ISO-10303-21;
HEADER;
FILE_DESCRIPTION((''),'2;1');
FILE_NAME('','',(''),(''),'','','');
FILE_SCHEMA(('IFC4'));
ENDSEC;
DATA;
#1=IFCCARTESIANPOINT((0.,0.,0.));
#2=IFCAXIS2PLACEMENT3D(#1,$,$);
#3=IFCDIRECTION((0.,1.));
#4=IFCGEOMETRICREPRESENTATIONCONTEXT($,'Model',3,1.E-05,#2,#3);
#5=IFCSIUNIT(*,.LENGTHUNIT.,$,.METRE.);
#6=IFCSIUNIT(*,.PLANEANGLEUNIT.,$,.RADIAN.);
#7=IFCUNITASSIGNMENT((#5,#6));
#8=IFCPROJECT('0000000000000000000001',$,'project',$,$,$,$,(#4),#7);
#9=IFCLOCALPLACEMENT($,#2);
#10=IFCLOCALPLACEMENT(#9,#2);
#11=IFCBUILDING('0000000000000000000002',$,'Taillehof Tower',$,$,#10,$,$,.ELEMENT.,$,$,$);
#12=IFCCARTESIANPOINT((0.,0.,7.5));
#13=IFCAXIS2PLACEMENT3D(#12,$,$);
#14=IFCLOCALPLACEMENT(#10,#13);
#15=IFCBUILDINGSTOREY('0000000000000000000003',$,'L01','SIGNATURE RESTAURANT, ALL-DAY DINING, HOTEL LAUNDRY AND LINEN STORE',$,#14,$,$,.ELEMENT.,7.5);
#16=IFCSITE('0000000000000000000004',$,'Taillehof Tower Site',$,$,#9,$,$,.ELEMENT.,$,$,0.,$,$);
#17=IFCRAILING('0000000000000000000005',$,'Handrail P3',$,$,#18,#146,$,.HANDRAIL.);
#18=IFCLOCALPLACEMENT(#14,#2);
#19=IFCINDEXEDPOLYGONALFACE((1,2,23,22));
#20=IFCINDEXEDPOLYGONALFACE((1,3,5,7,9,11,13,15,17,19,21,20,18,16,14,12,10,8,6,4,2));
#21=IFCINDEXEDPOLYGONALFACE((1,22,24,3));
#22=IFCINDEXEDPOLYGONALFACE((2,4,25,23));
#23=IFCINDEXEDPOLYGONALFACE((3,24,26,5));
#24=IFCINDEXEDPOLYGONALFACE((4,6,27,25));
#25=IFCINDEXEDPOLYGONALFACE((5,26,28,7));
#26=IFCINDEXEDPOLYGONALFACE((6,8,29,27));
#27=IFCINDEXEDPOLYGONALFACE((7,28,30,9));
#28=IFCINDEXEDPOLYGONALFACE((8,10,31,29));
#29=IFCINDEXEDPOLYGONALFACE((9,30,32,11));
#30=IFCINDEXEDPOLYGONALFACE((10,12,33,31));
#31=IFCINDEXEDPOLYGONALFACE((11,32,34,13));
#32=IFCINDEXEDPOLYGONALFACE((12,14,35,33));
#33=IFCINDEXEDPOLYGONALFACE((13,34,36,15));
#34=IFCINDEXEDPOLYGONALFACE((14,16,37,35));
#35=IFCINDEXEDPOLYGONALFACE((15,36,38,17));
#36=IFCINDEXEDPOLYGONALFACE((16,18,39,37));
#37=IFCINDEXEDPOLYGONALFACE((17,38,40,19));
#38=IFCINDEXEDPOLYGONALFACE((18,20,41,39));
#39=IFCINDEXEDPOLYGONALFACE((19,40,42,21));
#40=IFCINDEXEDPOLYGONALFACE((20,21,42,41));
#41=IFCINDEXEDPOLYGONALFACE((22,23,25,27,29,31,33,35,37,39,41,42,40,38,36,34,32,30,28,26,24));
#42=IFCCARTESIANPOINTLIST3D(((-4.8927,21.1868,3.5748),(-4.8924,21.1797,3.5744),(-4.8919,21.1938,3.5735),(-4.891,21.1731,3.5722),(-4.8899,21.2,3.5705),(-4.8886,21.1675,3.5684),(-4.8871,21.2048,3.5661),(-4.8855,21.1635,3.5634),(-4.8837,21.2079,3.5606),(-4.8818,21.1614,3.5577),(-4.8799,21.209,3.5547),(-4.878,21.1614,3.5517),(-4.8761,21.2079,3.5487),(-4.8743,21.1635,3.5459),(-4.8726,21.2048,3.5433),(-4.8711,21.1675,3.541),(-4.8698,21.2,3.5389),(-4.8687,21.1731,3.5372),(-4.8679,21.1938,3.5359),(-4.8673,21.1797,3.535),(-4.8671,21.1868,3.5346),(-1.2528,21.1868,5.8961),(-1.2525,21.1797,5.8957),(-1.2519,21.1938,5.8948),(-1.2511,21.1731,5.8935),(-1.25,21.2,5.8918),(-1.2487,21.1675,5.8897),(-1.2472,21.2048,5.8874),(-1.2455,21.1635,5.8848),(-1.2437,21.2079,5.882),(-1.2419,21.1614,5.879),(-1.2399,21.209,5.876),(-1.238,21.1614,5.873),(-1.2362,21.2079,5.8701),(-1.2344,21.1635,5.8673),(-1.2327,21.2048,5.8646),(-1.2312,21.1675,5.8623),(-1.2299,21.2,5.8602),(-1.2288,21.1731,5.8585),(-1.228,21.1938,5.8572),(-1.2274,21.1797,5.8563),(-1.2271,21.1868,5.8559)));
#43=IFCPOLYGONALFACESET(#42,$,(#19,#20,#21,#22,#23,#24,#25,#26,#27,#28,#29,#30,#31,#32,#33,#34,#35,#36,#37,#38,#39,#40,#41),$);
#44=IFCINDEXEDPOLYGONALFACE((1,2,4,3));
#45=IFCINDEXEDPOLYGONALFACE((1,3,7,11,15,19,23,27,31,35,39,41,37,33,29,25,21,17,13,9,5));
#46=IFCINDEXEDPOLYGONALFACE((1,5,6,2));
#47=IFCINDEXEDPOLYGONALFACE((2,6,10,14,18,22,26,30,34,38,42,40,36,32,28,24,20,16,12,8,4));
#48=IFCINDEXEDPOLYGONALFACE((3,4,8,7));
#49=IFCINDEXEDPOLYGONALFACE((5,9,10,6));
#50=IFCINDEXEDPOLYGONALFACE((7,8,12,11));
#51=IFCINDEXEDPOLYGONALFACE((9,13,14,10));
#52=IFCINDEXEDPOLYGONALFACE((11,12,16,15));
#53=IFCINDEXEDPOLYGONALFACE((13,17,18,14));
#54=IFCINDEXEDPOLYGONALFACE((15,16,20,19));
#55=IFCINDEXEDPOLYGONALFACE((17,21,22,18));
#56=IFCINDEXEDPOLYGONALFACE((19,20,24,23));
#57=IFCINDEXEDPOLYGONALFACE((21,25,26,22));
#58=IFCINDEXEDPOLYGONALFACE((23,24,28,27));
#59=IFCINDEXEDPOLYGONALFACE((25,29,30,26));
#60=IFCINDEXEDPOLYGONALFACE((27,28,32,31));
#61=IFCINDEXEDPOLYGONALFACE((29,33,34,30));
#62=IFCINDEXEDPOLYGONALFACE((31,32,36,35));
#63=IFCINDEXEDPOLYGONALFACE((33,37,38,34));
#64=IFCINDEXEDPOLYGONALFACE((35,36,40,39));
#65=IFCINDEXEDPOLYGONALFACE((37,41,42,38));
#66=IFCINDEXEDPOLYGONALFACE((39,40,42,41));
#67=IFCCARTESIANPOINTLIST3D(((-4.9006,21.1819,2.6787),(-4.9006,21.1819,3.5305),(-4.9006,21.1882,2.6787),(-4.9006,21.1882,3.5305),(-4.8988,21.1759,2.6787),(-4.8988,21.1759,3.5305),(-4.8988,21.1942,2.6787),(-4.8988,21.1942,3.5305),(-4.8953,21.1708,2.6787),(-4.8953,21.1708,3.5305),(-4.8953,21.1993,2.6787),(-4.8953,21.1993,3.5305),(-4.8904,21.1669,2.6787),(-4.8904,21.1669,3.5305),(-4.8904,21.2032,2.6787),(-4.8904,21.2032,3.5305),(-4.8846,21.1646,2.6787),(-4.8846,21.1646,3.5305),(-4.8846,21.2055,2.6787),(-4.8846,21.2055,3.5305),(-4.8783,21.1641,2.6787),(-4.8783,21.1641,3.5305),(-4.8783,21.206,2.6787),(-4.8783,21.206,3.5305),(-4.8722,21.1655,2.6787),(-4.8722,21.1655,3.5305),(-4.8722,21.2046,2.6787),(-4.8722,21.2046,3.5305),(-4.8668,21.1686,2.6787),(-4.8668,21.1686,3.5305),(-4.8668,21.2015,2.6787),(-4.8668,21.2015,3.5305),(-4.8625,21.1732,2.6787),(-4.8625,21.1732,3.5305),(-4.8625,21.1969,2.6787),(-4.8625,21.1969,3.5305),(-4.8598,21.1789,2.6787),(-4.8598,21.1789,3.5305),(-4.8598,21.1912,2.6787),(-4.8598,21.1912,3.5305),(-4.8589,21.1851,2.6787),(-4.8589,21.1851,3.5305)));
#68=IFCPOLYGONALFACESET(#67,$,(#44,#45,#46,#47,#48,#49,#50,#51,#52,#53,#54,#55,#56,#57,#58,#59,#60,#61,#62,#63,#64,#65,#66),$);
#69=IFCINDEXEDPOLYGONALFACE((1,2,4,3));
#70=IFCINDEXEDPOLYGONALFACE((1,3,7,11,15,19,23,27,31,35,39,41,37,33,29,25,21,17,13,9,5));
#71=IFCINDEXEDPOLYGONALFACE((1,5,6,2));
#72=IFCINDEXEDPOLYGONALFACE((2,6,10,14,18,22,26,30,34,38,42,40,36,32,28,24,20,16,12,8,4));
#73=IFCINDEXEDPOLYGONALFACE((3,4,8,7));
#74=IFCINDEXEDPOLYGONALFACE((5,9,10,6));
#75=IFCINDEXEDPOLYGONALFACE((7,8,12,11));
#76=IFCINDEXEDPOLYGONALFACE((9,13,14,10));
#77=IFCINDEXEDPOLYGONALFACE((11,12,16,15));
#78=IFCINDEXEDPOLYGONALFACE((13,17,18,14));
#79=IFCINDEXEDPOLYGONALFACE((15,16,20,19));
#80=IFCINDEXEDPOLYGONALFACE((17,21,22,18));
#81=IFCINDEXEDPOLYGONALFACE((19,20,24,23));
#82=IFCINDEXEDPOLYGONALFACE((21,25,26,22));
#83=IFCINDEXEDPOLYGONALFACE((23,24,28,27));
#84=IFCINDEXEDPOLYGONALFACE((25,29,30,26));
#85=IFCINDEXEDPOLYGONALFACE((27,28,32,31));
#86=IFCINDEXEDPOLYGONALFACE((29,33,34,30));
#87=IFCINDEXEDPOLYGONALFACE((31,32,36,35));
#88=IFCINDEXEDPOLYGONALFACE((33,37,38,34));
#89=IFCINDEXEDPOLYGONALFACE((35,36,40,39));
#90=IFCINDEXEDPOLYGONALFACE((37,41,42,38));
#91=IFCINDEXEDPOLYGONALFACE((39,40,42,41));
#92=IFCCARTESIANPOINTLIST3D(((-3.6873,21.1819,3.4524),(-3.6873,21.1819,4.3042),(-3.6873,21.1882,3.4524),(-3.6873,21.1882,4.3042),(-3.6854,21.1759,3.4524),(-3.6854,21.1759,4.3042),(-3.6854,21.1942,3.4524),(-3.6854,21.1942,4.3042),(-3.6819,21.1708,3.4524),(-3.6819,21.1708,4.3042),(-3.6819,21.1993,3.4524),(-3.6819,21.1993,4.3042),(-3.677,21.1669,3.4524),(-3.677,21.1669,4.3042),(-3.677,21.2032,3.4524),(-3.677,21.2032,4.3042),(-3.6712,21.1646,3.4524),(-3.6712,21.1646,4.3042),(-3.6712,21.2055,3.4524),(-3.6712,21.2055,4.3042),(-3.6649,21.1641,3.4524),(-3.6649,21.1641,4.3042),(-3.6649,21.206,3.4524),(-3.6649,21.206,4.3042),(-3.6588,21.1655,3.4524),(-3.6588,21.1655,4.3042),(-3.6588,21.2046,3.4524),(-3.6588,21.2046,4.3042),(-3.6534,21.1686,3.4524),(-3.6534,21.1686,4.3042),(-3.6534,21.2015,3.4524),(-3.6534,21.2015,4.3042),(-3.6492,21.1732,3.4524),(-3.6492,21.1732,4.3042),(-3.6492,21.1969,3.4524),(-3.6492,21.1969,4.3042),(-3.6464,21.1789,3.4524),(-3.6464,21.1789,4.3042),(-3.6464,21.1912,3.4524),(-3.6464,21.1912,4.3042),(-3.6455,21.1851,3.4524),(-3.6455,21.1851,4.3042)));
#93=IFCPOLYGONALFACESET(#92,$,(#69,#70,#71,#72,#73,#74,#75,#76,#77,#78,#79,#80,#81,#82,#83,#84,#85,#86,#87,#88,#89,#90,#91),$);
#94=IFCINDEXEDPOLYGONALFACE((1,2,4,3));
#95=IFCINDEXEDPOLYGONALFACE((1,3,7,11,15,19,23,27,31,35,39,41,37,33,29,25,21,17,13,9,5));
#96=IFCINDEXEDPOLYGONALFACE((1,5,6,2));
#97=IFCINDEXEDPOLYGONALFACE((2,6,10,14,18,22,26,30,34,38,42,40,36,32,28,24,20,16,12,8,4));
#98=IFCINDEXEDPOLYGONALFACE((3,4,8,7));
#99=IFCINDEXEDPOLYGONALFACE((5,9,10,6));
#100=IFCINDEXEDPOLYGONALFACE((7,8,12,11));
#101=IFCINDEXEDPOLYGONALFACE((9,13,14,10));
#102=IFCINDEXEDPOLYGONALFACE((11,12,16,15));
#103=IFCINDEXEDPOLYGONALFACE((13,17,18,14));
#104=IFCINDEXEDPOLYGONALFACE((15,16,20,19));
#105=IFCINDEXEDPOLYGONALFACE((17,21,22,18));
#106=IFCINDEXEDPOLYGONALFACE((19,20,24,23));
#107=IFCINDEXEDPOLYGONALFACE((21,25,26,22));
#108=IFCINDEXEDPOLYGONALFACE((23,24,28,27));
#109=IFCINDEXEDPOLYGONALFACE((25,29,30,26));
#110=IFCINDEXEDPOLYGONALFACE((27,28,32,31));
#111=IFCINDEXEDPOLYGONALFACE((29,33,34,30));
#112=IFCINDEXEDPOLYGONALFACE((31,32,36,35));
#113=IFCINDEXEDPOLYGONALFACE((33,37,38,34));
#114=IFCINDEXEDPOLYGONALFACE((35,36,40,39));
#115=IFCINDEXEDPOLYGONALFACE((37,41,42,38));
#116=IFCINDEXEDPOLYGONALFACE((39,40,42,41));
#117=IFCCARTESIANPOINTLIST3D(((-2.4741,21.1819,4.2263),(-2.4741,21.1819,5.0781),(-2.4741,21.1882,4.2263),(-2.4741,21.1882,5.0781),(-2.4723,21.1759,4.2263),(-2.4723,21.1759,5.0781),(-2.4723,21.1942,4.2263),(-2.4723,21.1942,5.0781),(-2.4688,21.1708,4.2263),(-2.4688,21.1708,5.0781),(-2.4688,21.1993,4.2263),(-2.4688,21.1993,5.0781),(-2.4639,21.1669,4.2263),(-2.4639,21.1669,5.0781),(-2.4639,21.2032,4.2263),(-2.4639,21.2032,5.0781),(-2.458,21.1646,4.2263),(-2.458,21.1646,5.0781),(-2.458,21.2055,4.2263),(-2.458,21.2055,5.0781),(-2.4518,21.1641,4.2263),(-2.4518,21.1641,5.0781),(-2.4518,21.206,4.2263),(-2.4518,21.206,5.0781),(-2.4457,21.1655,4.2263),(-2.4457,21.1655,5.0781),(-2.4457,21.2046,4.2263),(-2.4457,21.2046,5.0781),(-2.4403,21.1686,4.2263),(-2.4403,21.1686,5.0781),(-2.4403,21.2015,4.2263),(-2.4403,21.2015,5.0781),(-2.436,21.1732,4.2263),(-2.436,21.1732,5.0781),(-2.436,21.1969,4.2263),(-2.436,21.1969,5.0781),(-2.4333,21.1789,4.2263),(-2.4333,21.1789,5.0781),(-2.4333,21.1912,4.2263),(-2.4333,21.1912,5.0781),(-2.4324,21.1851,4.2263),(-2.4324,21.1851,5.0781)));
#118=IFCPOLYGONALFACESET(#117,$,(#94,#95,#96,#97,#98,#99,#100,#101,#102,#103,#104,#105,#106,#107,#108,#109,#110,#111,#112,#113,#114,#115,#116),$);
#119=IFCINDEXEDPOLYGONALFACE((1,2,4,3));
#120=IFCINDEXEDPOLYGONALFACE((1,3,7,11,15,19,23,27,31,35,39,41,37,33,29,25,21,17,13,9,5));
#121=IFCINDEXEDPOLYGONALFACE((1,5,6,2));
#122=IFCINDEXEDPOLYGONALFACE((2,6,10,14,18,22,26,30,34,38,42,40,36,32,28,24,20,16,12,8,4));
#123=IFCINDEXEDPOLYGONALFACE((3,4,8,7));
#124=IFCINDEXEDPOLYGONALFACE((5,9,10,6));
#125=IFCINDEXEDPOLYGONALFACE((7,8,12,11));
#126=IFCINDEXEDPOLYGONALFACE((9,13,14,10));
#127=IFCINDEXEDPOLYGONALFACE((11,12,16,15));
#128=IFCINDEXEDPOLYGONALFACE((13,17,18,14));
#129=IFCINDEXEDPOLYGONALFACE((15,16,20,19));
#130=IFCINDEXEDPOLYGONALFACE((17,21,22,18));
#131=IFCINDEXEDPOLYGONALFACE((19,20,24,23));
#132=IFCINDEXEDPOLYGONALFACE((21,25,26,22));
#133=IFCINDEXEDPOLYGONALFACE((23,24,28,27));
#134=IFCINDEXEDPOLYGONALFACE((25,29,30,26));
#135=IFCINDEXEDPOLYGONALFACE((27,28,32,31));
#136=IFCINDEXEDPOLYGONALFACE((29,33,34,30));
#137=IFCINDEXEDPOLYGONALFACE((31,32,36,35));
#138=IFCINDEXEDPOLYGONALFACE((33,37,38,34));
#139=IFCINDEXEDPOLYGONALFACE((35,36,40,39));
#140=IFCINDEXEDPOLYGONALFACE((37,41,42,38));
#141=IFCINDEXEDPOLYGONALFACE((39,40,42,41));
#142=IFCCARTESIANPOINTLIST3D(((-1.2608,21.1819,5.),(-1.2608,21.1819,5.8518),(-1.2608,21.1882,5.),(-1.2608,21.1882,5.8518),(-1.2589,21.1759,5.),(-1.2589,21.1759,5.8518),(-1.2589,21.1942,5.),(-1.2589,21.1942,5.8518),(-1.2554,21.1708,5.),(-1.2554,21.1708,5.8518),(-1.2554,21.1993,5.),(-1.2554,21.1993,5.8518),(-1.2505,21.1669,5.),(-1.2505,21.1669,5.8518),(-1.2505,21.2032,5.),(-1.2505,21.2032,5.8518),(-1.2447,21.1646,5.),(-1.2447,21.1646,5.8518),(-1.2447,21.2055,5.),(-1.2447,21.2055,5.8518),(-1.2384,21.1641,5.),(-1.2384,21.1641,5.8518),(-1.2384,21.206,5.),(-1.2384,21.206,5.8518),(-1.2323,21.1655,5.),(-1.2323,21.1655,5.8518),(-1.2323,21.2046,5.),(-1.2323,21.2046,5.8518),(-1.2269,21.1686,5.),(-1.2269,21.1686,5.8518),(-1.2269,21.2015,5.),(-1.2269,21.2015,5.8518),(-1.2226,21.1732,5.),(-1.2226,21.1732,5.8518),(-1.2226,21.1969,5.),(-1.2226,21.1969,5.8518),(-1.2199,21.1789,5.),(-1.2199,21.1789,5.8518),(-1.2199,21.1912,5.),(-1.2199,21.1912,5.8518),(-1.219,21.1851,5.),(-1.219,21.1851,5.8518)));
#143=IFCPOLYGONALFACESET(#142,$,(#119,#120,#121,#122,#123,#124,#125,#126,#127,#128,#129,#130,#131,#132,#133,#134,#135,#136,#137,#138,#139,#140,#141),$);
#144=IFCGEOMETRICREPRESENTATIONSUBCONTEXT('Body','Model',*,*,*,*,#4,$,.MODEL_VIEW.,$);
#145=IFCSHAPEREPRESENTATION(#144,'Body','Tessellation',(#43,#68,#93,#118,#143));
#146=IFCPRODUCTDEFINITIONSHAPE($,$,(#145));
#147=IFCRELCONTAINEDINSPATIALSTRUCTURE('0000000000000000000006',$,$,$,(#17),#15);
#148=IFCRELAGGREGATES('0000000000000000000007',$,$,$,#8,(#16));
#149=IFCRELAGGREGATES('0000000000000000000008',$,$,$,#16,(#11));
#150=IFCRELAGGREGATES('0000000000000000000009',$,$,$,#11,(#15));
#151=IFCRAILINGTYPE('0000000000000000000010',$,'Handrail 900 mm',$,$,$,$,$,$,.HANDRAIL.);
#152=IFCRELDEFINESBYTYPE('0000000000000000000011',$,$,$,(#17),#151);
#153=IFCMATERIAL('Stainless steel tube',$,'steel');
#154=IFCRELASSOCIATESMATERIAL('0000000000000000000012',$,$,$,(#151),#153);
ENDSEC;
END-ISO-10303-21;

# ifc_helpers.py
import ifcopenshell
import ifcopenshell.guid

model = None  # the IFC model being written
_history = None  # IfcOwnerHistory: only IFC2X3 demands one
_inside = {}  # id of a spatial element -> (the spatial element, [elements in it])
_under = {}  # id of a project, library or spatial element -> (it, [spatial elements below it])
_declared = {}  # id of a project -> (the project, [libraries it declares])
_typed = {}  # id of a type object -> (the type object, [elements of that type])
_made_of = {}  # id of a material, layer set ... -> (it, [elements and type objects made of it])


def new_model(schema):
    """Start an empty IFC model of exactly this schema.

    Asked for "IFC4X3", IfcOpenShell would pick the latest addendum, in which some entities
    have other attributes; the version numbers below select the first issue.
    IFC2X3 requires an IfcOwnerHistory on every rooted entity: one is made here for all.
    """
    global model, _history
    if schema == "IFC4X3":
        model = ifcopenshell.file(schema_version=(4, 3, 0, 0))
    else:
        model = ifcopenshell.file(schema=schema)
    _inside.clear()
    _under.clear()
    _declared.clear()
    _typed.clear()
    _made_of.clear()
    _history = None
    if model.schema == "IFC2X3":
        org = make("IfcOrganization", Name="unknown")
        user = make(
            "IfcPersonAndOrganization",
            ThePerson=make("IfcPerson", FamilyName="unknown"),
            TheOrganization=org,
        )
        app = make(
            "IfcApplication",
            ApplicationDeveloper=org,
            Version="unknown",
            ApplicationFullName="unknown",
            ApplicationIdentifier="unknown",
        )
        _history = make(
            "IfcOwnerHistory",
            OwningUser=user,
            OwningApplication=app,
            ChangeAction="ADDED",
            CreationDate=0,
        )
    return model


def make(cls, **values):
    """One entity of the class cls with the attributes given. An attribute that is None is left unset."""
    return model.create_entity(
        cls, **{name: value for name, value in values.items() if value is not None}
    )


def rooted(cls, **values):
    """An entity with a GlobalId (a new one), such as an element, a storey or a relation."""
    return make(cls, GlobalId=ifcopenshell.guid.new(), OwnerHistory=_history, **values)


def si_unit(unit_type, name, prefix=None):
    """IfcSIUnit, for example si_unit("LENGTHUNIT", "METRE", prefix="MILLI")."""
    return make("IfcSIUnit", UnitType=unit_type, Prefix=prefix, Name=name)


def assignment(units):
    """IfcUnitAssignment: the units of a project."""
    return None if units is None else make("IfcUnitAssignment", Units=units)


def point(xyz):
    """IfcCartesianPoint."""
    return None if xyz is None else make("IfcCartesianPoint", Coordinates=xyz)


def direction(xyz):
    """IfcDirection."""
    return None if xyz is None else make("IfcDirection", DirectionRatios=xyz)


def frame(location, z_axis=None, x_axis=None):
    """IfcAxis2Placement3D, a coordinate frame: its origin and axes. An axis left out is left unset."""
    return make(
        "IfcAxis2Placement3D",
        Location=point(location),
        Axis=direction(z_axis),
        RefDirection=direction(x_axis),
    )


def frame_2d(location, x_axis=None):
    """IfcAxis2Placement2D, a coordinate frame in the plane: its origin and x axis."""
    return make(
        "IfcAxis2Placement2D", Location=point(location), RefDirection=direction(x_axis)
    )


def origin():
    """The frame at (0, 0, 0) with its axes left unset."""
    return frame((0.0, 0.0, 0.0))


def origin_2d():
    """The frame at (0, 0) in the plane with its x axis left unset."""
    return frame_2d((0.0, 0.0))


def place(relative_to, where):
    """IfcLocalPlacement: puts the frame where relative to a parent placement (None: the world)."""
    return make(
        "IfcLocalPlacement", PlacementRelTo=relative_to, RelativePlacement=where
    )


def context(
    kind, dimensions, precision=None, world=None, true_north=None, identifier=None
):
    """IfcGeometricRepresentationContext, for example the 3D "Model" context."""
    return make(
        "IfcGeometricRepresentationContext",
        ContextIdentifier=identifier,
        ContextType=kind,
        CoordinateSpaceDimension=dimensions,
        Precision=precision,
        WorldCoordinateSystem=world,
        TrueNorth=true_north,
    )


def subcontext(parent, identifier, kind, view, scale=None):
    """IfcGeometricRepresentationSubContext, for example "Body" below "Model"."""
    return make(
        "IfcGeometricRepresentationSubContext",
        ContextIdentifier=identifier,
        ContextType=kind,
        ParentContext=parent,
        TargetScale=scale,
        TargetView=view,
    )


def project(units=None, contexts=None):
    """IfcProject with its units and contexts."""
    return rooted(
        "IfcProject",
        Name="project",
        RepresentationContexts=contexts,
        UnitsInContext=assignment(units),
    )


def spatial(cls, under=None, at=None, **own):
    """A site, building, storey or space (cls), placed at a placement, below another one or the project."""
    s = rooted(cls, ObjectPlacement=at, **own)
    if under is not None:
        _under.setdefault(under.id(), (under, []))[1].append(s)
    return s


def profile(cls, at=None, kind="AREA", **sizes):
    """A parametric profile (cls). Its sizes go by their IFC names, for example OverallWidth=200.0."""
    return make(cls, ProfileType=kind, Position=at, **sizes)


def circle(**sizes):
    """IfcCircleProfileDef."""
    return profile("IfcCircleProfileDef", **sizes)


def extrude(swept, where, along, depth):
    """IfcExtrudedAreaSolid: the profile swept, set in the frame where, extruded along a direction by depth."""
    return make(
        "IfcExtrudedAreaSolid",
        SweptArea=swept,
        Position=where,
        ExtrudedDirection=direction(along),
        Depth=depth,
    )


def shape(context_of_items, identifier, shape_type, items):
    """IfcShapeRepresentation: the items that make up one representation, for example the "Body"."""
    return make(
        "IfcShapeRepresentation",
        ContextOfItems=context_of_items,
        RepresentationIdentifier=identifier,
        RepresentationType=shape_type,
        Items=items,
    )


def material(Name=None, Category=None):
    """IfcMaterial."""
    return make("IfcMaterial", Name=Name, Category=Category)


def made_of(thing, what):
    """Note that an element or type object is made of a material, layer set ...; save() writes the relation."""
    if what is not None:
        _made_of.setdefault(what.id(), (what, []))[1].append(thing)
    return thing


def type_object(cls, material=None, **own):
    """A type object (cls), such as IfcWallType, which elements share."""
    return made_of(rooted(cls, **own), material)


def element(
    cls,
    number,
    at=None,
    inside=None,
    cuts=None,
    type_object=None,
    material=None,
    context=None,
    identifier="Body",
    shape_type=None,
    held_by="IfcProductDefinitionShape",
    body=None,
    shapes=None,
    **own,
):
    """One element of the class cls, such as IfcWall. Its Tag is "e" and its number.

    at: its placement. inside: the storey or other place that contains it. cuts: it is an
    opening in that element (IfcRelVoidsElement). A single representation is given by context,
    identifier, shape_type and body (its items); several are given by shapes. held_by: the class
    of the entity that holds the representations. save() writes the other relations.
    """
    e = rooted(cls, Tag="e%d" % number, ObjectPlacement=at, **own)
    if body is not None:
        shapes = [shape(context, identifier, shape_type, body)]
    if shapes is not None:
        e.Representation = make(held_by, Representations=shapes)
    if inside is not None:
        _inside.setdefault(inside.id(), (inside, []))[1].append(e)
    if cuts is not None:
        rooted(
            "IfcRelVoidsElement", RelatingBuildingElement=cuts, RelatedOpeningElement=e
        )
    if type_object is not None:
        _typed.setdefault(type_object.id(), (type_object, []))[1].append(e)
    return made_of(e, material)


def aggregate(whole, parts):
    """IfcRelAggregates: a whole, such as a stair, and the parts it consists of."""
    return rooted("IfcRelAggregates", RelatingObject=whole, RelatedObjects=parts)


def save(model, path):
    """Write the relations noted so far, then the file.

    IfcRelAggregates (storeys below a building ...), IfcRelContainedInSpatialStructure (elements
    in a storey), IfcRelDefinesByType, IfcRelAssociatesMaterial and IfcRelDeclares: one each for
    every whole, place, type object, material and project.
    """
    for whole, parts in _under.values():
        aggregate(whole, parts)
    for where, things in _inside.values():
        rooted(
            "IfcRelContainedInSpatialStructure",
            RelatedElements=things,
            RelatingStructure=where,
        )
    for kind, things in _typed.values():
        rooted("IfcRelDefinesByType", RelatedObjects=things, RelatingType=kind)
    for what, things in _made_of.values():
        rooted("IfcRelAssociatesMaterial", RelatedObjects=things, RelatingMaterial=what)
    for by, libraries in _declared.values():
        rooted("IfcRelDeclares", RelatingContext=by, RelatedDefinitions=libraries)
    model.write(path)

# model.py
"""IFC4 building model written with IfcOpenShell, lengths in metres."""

from ifc_helpers import new_model, si_unit, direction, frame, origin, origin_2d, place, context, subcontext, project, spatial, circle, extrude, material, type_object, element, save


model = new_model("IFC4")

# Units and contexts
model_context = context("Model", 3, precision=1e-05, world=origin(), true_north=direction((0.0, 1.0)))
body_context = subcontext(model_context, "Body", "Model", "MODEL_VIEW")
ifc_project = project(units=[si_unit("LENGTHUNIT", "METRE"), si_unit("PLANEANGLEUNIT", "RADIAN")], contexts=[model_context])

# Site, building, storey
site_placement = place(None, origin())
site = spatial("IfcSite", under=ifc_project, at=site_placement, Name="Taillehof Tower Site", CompositionType="ELEMENT", RefElevation=0.0)
building_placement = place(site_placement, origin())
building = spatial("IfcBuilding", under=site, at=building_placement, Name="Taillehof Tower", CompositionType="ELEMENT")
storey_placement = place(building_placement, frame((0.0, 0.0, 7.5)))
storey = spatial("IfcBuildingStorey", under=building, at=storey_placement, Name="L01", Description="SIGNATURE RESTAURANT, ALL-DAY DINING, HOTEL LAUNDRY AND LINEN STORE", CompositionType="ELEMENT", Elevation=7.5)

# Railing
ifc_material_1 = material(Name="Stainless steel tube", Category="steel")
railing_type_1 = type_object("IfcRailingType", Name="Handrail 900 mm", PredefinedType="HANDRAIL", material=ifc_material_1)
railing_1_placement = place(storey_placement, frame((-4.8799, 21.1851, 2.6787)))
element("IfcRailing", 1, at=railing_1_placement, inside=storey, type_object=railing_type_1, Name="Handrail P3", PredefinedType="HANDRAIL", context=body_context, shape_type="SweptSolid", body=[
    extrude(circle(Radius=0.0239, at=origin_2d()), frame((0.0, 0.0, 0.876), z_axis=(0.843137, 0.0, 0.537699), x_axis=(0.0, 1.0, 0.0)), (0.0, 0.0, 1.0), 4.3171),
    extrude(circle(Radius=0.021, at=origin_2d()), origin(), (0.0, 0.0, 1.0), 0.8518),
    extrude(circle(Radius=0.021, at=origin_2d()), frame((1.2134, 0.0, 0.7737)), (0.0, 0.0, 1.0), 0.8518),
    extrude(circle(Radius=0.021, at=origin_2d()), frame((2.4265, 0.0, 1.5476)), (0.0, 0.0, 1.0), 0.8518),
    extrude(circle(Radius=0.021, at=origin_2d()), frame((3.6399, 0.0, 2.3213)), (0.0, 0.0, 1.0), 0.8518),
])

save(model, "model.ifc")
